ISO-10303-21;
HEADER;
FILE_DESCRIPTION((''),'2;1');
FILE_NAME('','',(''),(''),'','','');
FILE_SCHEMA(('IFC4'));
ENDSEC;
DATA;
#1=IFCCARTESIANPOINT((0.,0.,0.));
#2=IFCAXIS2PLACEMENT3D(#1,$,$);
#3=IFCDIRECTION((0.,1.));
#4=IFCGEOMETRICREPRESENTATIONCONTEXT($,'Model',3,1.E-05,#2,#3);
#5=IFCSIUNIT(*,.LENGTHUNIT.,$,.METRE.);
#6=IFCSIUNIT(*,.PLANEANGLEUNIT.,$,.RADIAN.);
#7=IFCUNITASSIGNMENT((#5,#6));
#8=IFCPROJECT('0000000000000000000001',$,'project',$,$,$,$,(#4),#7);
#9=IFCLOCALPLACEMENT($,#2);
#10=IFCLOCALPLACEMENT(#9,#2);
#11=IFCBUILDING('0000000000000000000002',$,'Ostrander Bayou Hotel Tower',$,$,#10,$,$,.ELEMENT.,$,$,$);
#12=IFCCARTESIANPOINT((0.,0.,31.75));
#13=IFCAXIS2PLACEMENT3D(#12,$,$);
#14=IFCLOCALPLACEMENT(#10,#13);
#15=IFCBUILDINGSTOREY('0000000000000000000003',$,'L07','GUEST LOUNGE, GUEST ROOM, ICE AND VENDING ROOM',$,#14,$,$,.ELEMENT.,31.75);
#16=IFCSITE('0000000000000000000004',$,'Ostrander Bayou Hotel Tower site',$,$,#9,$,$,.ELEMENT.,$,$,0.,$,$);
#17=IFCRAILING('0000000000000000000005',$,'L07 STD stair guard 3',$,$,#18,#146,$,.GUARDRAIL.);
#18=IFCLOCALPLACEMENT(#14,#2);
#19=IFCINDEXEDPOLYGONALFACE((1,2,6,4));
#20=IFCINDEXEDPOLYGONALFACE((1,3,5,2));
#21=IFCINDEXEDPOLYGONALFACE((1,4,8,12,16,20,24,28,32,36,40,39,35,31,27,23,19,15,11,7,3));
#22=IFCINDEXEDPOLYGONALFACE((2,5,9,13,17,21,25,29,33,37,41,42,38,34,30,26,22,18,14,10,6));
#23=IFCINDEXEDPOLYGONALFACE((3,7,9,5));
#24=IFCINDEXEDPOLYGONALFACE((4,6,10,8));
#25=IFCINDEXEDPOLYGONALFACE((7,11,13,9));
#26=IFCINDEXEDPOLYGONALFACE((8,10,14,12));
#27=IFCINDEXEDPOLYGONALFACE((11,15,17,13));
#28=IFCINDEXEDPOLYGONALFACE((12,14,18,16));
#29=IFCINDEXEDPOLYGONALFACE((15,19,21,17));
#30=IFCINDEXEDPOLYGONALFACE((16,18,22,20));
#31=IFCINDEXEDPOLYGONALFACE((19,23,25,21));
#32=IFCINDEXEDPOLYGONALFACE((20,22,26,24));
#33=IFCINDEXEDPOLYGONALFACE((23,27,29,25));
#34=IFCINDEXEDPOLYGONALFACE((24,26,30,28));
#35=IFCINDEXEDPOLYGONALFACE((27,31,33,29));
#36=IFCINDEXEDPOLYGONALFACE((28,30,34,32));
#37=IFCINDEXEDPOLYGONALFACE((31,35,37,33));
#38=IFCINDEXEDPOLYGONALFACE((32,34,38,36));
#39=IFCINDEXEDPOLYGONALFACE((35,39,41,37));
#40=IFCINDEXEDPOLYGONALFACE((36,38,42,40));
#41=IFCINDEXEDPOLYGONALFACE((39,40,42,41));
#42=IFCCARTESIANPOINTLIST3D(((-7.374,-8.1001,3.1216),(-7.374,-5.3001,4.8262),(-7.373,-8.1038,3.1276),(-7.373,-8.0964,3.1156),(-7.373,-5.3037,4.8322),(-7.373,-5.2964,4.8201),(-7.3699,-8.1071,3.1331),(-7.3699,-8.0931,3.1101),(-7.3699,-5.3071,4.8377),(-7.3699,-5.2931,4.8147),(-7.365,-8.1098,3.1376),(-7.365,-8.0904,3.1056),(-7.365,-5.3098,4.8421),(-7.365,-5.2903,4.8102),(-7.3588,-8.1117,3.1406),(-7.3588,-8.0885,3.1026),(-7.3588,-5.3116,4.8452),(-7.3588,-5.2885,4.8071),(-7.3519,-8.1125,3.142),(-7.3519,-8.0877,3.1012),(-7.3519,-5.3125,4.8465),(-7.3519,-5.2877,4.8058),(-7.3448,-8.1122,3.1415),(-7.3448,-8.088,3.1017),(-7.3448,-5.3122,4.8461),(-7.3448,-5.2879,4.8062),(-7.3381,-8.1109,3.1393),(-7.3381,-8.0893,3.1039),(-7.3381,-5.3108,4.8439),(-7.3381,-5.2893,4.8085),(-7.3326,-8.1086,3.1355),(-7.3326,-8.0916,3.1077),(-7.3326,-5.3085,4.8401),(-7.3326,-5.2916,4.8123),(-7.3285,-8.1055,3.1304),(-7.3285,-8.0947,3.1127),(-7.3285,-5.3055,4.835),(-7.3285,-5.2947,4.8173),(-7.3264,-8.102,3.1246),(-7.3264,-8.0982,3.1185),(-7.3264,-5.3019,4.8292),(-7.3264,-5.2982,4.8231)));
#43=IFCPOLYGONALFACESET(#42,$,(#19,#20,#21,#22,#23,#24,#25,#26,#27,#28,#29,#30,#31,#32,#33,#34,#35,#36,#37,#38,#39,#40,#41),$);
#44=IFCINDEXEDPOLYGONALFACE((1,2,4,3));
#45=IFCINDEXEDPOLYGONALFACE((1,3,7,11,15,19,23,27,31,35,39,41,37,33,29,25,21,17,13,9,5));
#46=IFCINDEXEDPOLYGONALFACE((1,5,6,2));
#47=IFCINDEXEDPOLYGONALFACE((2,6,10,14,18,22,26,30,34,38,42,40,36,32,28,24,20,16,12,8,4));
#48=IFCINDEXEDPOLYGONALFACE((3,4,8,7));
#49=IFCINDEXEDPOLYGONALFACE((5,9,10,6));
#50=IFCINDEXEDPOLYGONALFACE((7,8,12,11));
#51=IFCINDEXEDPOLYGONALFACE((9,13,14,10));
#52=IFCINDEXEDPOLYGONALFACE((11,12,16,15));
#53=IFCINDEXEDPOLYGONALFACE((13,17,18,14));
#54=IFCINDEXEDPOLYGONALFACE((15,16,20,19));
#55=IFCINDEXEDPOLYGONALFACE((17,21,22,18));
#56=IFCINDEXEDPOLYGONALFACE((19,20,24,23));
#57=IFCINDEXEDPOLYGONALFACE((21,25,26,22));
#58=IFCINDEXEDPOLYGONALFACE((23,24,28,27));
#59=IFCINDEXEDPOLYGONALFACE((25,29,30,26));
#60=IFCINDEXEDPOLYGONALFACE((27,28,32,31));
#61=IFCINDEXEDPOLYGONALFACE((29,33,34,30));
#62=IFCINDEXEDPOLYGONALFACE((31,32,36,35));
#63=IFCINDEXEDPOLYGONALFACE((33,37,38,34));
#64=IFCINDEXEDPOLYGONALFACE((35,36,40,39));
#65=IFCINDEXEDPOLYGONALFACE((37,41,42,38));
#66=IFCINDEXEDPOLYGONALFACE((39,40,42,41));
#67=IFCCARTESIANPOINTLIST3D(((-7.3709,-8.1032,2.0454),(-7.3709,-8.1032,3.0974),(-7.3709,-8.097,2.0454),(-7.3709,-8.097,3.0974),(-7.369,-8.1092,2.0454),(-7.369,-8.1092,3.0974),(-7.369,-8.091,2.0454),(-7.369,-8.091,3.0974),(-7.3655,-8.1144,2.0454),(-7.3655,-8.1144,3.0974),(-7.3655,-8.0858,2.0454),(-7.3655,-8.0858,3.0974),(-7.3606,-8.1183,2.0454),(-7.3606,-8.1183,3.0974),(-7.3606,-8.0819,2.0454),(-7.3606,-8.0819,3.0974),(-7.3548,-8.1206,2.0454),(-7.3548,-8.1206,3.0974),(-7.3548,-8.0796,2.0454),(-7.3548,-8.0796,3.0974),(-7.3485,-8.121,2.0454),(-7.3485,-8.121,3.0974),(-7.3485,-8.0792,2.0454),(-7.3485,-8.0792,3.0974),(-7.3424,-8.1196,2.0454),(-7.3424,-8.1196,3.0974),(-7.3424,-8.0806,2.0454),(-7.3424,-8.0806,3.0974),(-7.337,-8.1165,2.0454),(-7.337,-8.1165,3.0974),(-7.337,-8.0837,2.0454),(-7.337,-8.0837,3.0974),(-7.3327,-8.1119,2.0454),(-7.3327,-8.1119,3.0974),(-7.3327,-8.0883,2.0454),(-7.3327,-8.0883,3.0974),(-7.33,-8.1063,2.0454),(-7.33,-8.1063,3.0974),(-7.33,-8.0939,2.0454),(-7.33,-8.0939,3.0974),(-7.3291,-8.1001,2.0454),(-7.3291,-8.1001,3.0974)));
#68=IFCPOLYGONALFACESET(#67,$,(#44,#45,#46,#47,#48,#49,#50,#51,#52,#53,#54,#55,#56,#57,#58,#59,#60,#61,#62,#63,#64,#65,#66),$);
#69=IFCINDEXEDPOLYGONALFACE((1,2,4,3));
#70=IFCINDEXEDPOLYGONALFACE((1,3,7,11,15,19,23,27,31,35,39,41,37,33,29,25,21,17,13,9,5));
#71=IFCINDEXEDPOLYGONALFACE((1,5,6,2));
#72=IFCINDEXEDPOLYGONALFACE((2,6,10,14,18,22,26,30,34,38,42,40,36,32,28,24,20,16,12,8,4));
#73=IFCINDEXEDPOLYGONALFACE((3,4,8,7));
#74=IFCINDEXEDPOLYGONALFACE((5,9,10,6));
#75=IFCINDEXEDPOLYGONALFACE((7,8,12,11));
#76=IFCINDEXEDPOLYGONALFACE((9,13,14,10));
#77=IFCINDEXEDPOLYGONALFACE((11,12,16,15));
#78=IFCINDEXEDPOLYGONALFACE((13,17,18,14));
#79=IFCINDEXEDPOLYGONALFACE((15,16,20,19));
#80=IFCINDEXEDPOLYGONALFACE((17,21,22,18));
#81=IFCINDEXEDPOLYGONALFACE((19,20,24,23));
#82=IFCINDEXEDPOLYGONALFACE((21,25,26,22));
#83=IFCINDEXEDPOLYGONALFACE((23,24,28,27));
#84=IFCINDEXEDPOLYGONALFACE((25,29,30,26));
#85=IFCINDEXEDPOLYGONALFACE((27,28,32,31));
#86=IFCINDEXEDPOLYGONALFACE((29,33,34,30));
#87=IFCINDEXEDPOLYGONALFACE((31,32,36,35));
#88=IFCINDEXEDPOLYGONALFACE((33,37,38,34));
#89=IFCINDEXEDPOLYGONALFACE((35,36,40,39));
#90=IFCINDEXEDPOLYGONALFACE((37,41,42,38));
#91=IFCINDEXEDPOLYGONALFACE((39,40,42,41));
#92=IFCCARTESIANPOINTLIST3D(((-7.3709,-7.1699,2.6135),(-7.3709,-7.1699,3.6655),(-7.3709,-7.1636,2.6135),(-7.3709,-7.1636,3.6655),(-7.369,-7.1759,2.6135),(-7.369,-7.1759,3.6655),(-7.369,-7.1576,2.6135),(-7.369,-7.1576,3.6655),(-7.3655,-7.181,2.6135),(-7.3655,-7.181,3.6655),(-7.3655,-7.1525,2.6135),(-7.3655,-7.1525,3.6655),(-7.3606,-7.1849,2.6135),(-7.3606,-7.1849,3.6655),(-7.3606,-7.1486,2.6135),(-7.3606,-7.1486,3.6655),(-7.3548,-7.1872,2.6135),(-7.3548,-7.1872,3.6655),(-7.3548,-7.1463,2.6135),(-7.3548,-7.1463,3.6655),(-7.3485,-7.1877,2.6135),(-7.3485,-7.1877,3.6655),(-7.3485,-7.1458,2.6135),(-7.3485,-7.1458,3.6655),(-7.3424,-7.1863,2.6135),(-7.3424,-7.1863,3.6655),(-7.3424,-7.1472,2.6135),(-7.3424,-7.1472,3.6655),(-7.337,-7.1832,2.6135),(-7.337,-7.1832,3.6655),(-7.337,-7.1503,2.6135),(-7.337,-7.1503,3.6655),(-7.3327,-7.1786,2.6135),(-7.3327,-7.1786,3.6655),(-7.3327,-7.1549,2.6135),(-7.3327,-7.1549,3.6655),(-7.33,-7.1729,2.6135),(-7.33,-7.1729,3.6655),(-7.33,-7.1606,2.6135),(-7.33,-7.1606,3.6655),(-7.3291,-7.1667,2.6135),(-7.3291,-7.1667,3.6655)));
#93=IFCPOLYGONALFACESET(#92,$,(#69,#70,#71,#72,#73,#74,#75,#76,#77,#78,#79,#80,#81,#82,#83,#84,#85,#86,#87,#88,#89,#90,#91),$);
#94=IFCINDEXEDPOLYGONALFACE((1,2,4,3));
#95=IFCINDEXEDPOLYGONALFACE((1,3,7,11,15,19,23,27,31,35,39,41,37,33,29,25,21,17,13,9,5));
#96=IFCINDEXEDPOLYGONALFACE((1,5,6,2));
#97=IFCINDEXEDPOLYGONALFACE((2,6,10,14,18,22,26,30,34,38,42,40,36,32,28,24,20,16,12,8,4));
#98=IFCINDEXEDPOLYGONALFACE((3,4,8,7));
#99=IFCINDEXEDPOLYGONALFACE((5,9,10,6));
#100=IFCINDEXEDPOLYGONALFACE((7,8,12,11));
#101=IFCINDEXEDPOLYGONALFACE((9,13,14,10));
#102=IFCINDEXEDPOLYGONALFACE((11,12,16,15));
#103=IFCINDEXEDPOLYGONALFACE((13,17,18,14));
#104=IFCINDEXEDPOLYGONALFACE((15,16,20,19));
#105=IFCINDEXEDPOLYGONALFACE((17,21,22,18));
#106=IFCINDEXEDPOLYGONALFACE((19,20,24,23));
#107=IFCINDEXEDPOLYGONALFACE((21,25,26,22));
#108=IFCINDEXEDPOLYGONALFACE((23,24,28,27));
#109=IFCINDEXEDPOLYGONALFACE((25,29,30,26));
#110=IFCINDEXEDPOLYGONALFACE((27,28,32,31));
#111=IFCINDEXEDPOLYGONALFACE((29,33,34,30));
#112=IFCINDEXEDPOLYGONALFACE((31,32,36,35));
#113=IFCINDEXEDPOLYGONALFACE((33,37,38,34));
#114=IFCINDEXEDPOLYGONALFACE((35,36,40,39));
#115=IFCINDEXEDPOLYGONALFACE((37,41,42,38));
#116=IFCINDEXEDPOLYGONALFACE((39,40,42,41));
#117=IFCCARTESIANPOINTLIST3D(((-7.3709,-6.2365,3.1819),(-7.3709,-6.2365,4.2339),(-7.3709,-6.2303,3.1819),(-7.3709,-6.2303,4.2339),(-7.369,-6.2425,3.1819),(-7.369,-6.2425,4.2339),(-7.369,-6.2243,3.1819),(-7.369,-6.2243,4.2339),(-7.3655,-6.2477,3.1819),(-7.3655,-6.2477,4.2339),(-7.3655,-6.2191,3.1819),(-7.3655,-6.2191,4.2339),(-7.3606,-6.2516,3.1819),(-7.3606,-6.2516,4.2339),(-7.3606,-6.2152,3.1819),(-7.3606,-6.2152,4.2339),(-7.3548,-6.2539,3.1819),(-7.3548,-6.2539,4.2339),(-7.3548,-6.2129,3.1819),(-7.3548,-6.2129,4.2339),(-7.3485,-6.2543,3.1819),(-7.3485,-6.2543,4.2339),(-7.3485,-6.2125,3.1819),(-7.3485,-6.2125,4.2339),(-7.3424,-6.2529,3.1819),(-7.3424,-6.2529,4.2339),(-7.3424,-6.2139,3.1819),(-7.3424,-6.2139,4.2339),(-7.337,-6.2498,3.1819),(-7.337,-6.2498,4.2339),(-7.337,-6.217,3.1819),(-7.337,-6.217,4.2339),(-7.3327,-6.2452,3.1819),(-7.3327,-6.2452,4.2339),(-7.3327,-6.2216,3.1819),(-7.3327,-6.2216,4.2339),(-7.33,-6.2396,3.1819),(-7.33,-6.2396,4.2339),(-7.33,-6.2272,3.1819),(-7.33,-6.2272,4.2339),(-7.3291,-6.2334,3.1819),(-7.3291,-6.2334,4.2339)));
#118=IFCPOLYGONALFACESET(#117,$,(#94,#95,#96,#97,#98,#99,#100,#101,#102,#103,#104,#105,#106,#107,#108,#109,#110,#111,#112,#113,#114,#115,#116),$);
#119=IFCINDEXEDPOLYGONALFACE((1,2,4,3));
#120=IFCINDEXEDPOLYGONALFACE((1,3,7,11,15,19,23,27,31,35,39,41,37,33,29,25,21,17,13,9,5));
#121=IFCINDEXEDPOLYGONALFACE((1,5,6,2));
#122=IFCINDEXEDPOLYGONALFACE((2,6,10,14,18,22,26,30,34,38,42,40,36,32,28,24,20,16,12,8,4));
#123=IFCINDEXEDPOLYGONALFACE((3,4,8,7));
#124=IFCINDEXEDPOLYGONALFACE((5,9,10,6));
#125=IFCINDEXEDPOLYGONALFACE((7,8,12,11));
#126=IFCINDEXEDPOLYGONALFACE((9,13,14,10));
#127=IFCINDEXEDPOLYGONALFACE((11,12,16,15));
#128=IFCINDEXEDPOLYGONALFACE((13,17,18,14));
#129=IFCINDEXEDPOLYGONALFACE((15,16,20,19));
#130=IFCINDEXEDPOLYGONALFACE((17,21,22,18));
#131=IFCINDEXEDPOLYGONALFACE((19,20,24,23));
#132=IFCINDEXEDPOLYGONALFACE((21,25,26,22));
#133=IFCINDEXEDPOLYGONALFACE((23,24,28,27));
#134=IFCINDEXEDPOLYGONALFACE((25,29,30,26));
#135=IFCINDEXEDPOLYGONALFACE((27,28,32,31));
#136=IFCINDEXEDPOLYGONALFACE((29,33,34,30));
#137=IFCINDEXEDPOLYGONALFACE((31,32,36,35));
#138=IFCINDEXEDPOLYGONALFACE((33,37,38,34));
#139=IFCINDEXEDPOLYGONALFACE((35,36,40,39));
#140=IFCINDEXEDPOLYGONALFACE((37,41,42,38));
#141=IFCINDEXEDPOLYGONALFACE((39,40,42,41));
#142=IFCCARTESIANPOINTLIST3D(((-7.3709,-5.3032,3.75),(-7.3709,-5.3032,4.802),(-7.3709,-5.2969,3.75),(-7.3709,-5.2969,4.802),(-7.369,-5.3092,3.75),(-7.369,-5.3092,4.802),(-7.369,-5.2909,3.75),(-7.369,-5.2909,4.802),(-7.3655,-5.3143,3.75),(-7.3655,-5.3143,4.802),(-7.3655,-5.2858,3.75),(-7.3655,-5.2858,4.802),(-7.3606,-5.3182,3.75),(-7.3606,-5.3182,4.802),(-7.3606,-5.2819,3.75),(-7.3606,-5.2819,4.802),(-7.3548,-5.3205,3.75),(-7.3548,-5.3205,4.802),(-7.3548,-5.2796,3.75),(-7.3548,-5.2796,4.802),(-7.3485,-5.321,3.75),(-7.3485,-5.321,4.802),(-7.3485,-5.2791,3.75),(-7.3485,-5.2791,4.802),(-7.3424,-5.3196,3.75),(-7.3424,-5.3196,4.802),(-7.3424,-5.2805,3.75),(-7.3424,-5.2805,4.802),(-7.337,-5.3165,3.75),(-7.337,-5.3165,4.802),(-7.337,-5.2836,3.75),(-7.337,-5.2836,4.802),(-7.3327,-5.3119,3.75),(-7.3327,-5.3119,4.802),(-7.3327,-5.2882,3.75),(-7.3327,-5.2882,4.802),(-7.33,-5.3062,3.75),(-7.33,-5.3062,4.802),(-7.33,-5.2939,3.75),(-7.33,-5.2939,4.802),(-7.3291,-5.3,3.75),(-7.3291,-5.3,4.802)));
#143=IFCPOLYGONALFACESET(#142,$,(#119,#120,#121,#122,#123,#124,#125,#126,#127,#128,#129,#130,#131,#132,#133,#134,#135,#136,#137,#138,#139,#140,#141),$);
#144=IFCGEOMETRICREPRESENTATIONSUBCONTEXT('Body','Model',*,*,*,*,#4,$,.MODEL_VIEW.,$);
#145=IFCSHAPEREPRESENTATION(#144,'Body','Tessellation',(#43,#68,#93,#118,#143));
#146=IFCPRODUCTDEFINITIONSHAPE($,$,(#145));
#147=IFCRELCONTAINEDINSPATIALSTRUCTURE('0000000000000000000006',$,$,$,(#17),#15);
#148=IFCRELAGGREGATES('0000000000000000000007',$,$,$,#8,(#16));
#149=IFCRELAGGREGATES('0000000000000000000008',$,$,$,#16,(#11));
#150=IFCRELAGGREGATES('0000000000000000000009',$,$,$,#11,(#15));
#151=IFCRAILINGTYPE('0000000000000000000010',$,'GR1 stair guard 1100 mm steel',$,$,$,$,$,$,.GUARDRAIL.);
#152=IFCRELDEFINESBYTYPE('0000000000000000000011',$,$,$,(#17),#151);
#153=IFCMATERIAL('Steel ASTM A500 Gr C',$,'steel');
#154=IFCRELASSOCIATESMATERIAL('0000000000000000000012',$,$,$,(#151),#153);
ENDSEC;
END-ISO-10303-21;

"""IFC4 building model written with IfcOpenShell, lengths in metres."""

from ifc_helpers import new_model, si_unit, direction, frame, origin, origin_2d, place, context, subcontext, project, spatial, circle, extrude, material, type_object, element, save


model = new_model("IFC4")

# Units and contexts
model_context = context("Model", 3, precision=1e-05, world=origin(), true_north=direction((0.0, 1.0)))
body_context = subcontext(model_context, "Body", "Model", "MODEL_VIEW")
ifc_project = project(units=[si_unit("LENGTHUNIT", "METRE"), si_unit("PLANEANGLEUNIT", "RADIAN")], contexts=[model_context])

# Site, building, storey
site_placement = place(None, origin())
site = spatial("IfcSite", under=ifc_project, at=site_placement, Name="Ostrander Bayou Hotel Tower site", CompositionType="ELEMENT", RefElevation=0.0)
building_placement = place(site_placement, origin())
building = spatial("IfcBuilding", under=site, at=building_placement, Name="Ostrander Bayou Hotel Tower", CompositionType="ELEMENT")
storey_placement = place(building_placement, frame((0.0, 0.0, 31.75)))
storey = spatial("IfcBuildingStorey", under=building, at=storey_placement, Name="L07", Description="GUEST LOUNGE, GUEST ROOM, ICE AND VENDING ROOM", CompositionType="ELEMENT", Elevation=31.75)

# Railing
ifc_material_1 = material(Name="Steel ASTM A500 Gr C", Category="steel")
railing_type_1 = type_object("IfcRailingType", Name="GR1 stair guard 1100 mm steel", PredefinedType="GUARDRAIL", material=ifc_material_1)
railing_1_placement = place(storey_placement, frame((-7.3501, -8.1001, 2.0454)))
element("IfcRailing", 1, at=railing_1_placement, inside=storey, type_object=railing_type_1, Name="L07 STD stair guard 3", PredefinedType="GUARDRAIL", context=body_context, shape_type="SweptSolid", body=[
    extrude(circle(Radius=0.0239, at=origin_2d()), frame((0.0, 0.0, 1.0762), z_axis=(0.0, 0.85417, 0.519994), x_axis=(-1.0, 0.0, 0.0)), (0.0, 0.0, 1.0), 3.2781),
    extrude(circle(Radius=0.021, at=origin_2d()), origin(), (0.0, 0.0, 1.0), 1.052),
    extrude(circle(Radius=0.021, at=origin_2d()), frame((0.0, 0.9333, 0.5681)), (0.0, 0.0, 1.0), 1.052),
    extrude(circle(Radius=0.021, at=origin_2d()), frame((0.0, 1.8667, 1.1365)), (0.0, 0.0, 1.0), 1.052),
    extrude(circle(Radius=0.021, at=origin_2d()), frame((0.0, 2.8, 1.7046)), (0.0, 0.0, 1.0), 1.052),
])

save(model, "model.ifc")
